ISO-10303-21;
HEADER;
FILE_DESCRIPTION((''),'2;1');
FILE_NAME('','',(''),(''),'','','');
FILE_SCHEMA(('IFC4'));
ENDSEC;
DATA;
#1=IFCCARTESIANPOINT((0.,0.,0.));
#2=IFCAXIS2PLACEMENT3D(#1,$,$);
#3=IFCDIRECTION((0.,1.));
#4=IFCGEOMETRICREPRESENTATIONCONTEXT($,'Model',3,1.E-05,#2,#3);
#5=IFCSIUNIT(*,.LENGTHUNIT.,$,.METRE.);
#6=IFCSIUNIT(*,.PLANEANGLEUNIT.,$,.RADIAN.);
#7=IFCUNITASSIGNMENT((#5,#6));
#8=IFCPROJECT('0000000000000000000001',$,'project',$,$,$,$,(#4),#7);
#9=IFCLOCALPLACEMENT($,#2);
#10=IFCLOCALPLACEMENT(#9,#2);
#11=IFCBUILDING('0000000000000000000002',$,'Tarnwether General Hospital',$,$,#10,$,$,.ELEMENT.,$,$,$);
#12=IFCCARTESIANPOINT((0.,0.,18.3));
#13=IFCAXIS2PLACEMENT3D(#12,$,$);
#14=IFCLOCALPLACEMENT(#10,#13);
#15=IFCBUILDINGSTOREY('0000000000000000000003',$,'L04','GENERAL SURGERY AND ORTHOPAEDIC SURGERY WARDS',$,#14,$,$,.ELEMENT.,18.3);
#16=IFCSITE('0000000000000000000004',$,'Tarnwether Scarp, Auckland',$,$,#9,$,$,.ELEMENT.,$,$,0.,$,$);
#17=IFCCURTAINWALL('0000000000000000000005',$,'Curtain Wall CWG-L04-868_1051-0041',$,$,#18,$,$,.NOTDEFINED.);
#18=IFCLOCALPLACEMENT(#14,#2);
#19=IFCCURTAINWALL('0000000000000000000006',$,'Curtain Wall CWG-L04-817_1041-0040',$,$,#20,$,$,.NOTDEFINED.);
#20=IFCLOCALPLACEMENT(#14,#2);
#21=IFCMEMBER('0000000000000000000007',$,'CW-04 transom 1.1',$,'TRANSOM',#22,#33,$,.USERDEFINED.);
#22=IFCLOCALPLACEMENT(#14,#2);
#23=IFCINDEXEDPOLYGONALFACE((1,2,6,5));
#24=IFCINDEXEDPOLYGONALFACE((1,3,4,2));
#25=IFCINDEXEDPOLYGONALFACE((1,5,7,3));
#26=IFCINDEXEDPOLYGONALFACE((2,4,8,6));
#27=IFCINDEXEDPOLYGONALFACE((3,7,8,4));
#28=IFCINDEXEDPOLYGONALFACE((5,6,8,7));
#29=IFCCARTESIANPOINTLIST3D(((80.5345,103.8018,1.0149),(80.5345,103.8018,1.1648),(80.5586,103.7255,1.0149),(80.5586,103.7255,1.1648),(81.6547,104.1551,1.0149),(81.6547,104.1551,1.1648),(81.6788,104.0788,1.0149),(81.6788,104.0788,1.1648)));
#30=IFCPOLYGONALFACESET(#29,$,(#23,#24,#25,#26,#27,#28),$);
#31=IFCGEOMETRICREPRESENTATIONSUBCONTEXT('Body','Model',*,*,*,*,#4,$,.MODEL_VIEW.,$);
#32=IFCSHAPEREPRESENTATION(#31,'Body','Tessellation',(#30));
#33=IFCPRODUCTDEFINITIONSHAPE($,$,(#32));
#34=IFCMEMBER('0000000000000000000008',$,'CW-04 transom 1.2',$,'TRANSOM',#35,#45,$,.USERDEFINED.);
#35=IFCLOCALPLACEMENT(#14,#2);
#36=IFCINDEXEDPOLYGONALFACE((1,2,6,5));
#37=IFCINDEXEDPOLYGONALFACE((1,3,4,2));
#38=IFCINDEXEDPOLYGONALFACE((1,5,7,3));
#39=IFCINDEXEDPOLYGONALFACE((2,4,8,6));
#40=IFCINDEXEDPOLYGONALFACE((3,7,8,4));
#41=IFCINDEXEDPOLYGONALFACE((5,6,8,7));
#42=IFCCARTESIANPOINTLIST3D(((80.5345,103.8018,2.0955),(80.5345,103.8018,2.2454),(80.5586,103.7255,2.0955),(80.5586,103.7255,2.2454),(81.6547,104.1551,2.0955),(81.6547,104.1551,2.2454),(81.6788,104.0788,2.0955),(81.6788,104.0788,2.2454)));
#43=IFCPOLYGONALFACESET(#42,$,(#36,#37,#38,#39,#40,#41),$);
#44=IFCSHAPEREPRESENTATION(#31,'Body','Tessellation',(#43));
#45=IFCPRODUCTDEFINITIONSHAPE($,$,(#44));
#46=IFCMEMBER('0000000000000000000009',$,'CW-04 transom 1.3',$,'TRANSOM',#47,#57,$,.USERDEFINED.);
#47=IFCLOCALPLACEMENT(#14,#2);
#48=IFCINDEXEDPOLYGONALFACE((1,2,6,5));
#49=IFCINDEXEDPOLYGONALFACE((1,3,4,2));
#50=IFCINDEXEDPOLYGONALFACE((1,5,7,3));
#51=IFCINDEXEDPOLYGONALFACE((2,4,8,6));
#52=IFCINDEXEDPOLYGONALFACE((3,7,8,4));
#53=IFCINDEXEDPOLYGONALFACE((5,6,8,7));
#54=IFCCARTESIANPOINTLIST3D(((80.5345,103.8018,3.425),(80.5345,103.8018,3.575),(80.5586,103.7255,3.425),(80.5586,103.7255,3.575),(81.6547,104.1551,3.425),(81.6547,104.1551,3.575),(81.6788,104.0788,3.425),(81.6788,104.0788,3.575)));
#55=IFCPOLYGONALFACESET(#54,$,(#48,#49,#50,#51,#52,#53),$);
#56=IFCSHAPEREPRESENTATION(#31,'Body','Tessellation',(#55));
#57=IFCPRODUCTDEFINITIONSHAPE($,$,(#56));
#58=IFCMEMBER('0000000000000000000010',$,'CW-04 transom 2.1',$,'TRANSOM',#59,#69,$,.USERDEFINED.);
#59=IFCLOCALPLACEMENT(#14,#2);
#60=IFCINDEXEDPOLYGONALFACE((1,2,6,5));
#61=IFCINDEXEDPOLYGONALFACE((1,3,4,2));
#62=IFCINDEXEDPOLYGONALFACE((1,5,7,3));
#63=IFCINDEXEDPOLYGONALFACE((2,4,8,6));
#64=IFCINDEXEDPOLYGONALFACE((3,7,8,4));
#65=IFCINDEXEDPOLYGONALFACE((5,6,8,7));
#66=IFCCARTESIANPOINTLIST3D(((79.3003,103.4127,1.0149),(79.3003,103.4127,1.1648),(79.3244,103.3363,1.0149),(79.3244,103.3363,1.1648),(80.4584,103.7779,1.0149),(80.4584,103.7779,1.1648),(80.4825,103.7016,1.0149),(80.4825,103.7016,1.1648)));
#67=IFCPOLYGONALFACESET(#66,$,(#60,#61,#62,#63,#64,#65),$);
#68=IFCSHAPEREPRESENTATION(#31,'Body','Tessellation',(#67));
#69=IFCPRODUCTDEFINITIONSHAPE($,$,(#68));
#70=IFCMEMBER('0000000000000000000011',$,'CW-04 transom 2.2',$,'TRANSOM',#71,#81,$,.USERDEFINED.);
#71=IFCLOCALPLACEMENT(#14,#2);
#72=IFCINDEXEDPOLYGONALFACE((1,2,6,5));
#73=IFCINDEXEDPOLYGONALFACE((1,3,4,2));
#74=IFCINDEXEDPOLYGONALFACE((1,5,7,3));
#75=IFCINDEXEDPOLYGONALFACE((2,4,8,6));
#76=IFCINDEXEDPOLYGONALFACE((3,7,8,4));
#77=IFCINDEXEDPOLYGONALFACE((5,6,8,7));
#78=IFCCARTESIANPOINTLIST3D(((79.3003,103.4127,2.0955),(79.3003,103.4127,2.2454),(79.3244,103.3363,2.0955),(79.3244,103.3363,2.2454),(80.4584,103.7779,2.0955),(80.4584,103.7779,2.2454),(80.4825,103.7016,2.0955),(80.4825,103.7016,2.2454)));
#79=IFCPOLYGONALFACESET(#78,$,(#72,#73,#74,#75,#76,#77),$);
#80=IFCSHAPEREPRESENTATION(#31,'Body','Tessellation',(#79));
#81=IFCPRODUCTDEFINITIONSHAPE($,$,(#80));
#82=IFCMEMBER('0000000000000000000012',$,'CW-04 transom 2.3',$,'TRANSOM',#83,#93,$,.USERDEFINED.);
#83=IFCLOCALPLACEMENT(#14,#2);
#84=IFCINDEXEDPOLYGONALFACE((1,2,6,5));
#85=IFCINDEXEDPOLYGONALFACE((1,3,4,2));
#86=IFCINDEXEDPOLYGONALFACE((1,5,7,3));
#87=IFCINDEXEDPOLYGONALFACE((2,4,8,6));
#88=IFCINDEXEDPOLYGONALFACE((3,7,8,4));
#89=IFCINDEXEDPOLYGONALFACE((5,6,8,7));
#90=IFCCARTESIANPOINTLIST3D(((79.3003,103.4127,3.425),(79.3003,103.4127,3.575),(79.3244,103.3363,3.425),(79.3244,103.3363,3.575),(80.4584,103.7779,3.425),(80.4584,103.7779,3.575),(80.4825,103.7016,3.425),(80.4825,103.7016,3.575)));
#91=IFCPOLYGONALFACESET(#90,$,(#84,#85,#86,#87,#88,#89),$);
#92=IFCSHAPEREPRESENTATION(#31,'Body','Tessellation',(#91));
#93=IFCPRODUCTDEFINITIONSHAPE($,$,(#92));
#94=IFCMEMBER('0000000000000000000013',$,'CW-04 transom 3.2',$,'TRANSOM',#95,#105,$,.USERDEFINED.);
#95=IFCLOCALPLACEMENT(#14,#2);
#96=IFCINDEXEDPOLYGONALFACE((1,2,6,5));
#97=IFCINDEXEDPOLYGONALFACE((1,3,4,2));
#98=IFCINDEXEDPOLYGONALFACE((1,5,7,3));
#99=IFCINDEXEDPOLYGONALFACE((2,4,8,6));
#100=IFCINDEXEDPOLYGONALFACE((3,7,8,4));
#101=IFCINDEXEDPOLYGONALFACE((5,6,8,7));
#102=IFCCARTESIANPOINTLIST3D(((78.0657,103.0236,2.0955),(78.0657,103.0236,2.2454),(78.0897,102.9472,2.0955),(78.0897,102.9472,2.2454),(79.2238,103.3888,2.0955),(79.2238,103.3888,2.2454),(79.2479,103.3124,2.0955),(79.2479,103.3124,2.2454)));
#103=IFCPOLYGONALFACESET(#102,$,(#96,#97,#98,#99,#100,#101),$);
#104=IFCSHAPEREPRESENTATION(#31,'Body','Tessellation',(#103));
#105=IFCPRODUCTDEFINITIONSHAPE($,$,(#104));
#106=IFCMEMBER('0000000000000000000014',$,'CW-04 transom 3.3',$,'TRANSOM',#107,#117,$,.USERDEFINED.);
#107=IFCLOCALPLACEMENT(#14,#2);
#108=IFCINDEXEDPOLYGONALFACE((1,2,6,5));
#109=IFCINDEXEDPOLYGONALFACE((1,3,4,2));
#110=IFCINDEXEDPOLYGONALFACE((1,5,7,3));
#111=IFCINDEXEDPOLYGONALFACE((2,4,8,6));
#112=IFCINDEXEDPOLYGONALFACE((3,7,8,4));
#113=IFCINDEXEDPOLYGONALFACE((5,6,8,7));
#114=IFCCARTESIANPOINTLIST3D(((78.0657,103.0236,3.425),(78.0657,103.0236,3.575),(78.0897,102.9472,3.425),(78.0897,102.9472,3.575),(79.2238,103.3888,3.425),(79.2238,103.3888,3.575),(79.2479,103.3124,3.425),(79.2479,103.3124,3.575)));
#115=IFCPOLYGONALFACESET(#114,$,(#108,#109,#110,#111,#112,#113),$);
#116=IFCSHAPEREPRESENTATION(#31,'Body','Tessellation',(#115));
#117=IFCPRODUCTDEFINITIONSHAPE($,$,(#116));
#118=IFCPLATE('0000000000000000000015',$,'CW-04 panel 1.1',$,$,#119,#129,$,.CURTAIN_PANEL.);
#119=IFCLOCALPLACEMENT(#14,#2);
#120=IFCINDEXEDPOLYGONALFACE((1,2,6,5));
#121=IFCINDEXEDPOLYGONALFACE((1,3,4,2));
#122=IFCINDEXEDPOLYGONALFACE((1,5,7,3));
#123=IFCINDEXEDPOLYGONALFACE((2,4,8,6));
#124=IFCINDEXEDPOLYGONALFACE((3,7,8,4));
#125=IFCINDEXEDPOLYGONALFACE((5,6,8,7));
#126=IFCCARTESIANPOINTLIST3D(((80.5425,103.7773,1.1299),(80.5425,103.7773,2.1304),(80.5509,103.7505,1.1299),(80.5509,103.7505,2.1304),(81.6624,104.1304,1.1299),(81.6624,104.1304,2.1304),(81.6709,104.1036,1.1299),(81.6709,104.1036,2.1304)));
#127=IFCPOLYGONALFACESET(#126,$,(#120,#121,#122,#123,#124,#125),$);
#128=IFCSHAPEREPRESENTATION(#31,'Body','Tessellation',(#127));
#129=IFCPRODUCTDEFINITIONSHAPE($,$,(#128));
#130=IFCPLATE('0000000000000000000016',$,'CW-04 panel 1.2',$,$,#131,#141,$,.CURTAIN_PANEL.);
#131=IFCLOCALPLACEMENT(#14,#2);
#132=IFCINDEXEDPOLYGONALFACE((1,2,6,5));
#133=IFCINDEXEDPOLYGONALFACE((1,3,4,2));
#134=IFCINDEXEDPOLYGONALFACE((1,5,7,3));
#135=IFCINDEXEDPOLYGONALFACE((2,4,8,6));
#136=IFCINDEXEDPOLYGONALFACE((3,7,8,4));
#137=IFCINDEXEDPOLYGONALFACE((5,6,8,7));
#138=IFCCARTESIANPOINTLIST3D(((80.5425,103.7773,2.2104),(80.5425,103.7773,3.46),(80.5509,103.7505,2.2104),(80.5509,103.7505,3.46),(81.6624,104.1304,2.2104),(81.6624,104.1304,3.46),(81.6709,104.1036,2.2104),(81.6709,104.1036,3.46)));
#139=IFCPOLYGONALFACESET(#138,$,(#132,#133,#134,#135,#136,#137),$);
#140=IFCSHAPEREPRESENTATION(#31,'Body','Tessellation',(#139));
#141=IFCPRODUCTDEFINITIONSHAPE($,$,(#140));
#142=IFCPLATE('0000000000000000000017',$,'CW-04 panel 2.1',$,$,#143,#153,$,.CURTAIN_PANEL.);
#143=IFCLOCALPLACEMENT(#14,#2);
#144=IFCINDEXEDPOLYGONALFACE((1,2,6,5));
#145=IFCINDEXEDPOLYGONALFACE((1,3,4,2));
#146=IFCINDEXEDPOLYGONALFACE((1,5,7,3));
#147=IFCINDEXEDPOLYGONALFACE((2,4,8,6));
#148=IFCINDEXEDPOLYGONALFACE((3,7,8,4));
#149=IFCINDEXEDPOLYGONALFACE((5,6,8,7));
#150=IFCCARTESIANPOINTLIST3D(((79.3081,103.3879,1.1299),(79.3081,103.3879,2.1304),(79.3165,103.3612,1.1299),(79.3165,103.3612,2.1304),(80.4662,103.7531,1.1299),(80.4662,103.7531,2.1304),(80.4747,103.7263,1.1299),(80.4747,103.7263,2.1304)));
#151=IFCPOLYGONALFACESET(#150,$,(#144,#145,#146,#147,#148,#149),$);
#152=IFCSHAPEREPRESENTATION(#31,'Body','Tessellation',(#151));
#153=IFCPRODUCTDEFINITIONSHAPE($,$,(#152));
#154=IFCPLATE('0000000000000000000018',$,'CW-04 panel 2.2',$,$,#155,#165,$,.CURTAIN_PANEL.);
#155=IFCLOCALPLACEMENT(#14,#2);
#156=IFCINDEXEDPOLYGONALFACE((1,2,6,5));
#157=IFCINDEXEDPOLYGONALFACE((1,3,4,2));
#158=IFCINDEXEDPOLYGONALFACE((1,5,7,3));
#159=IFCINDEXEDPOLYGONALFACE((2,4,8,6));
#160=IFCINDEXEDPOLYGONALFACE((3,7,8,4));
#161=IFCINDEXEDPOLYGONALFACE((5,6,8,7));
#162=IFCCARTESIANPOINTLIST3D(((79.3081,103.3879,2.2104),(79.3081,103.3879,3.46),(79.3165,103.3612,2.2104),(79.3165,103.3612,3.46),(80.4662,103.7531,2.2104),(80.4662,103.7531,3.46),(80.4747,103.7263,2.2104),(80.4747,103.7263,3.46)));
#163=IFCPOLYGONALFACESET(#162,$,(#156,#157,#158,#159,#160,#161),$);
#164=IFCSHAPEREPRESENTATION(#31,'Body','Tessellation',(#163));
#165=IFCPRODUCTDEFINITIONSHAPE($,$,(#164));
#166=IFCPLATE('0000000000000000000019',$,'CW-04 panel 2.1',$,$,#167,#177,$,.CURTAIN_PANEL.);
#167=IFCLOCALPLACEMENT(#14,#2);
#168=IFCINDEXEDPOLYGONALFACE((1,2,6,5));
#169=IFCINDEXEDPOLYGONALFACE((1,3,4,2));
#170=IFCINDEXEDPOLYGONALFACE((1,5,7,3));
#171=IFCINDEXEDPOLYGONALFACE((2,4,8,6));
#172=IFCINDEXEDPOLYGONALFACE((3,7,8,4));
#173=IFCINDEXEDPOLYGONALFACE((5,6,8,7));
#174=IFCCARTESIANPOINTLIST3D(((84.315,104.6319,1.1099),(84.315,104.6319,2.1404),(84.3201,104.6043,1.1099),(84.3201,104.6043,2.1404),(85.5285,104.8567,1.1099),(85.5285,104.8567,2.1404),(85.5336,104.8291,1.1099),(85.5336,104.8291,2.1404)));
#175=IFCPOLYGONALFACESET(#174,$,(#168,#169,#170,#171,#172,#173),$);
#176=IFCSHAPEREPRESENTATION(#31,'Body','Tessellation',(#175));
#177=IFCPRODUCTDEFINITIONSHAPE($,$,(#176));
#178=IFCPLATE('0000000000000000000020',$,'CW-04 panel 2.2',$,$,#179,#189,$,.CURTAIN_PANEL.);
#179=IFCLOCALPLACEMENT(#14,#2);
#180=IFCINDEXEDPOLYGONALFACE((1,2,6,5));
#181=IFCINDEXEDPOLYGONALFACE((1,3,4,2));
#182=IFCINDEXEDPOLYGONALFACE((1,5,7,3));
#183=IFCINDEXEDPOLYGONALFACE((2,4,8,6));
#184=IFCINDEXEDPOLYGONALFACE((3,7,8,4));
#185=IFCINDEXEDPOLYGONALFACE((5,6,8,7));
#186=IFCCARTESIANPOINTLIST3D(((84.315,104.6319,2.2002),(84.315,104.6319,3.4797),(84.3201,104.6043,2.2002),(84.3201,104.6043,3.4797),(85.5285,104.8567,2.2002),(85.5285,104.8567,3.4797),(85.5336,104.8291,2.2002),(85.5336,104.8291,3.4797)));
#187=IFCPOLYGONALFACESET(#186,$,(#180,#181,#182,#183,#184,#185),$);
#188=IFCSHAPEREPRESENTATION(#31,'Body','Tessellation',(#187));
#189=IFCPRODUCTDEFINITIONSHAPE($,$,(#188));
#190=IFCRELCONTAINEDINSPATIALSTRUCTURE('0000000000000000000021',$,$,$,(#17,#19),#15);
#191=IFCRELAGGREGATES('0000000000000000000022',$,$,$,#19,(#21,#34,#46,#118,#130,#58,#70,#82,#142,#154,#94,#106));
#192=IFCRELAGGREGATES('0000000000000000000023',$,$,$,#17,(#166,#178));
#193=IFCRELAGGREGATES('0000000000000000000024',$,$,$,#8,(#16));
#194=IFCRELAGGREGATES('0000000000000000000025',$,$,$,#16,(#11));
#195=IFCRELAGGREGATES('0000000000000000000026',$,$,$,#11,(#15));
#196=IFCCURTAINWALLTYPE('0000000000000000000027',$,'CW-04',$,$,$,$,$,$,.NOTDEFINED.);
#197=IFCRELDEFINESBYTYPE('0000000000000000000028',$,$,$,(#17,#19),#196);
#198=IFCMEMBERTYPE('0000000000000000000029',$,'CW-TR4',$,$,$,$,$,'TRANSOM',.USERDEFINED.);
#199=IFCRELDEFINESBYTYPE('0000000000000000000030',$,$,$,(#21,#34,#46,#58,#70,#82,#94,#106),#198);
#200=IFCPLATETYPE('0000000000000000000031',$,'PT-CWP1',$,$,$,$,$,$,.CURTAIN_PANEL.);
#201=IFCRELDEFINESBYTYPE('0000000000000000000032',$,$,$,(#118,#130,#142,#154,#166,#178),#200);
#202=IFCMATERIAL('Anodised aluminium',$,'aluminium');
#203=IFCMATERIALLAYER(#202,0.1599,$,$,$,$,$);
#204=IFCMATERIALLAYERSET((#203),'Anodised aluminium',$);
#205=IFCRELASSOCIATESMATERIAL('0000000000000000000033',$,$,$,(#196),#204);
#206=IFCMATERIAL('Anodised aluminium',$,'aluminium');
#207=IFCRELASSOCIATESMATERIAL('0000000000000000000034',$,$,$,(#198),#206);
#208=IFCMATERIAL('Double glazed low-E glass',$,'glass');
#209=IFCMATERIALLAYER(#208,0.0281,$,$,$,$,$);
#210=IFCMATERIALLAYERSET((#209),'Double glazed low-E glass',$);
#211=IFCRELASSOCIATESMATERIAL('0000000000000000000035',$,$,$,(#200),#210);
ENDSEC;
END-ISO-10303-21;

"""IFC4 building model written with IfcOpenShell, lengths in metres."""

from ifc_helpers import new_model, si_unit, direction, frame, origin, origin_2d, place, context, subcontext, project, spatial, rectangle, extrude, material, layer, layer_set, material_profile, profile_set, type_object, element, aggregate, save


model = new_model("IFC4")

# Units and contexts
model_context = context("Model", 3, precision=1e-05, world=origin(), true_north=direction((0.0, 1.0)))
body_context = subcontext(model_context, "Body", "Model", "MODEL_VIEW")
ifc_project = project(units=[si_unit("LENGTHUNIT", "METRE"), si_unit("PLANEANGLEUNIT", "RADIAN")], contexts=[model_context])

# Site, building, storey
site_placement = place(None, origin())
site = spatial("IfcSite", under=ifc_project, at=site_placement, Name="Tarnwether Scarp, Auckland", CompositionType="ELEMENT", RefElevation=0.0)
building_placement = place(site_placement, origin())
building = spatial("IfcBuilding", under=site, at=building_placement, Name="Tarnwether General Hospital", CompositionType="ELEMENT")
storey_placement = place(building_placement, frame((0.0, 0.0, 18.3)))
storey = spatial("IfcBuildingStorey", under=building, at=storey_placement, Name="L04", Description="GENERAL SURGERY AND ORTHOPAEDIC SURGERY WARDS", CompositionType="ELEMENT", Elevation=18.3)

# Curtain walls
ifc_material_1 = material(Name="Anodised aluminium", Category="aluminium")
ifc_layer_1 = layer(ifc_material_1, 0.1599)
ifc_layer_set_1 = layer_set([ifc_layer_1], Name="Anodised aluminium")
curtain_wall_type = type_object("IfcCurtainWallType", Name="CW-04", PredefinedType="NOTDEFINED", material=ifc_layer_set_1)
curtain_wall_1_placement = place(storey_placement, origin())
curtain_wall_1 = element("IfcCurtainWall", 1, at=curtain_wall_1_placement, inside=storey, type_object=curtain_wall_type, Name="Curtain Wall CWG-L04-868_1051-0041", PredefinedType="NOTDEFINED")
curtain_wall_2_placement = place(storey_placement, origin())
curtain_wall_2 = element("IfcCurtainWall", 2, at=curtain_wall_2_placement, inside=storey, type_object=curtain_wall_type, Name="Curtain Wall CWG-L04-817_1041-0040", PredefinedType="NOTDEFINED")

# Members
ifc_material_2 = material(Name="Anodised aluminium", Category="aluminium")
ifc_material_profile_1 = material_profile(ifc_material_2, rectangle(XDim=0.0801, YDim=0.1499, at=origin_2d()), Name="ALU-TRN-80x150")
ifc_profile_set_1 = profile_set([ifc_material_profile_1], Name="Anodised aluminium")
member_type_1 = type_object("IfcMemberType", Name="CW-TR4", ElementType="TRANSOM", PredefinedType="USERDEFINED", material=ifc_profile_set_1)
member_1_placement = place(storey_placement, frame((81.6667, 104.1169, 1.0898), z_axis=(-0.953693, -0.300783, 0.0), x_axis=(0.300783, -0.953693, 0.0)))
member_1 = element("IfcMember", 3, at=member_1_placement, type_object=member_type_1, Name="CW-04 transom 1.1", ObjectType="TRANSOM", PredefinedType="USERDEFINED", context=body_context, shape_type="SweptSolid", body=[
    extrude(rectangle(XDim=0.0801, YDim=0.1499, at=origin_2d()), origin(), (0.0, 0.0, 1.0), 1.1746),
])
member_2_placement = place(storey_placement, frame((81.6667, 104.1169, 2.1704), z_axis=(-0.953693, -0.300783, 0.0), x_axis=(0.300783, -0.953693, 0.0)))
member_2 = element("IfcMember", 4, at=member_2_placement, type_object=member_type_1, Name="CW-04 transom 1.2", ObjectType="TRANSOM", PredefinedType="USERDEFINED", context=body_context, shape_type="SweptSolid", body=[
    extrude(rectangle(XDim=0.0801, YDim=0.1499, at=origin_2d()), origin(), (0.0, 0.0, 1.0), 1.1746),
])
member_3_placement = place(storey_placement, frame((81.6667, 104.1169, 3.5), z_axis=(-0.953693, -0.300783, 0.0), x_axis=(0.300783, -0.953693, 0.0)))
member_3 = element("IfcMember", 5, at=member_3_placement, type_object=member_type_1, Name="CW-04 transom 1.3", ObjectType="TRANSOM", PredefinedType="USERDEFINED", context=body_context, shape_type="SweptSolid", body=[
    extrude(rectangle(XDim=0.0801, YDim=0.1499, at=origin_2d()), origin(), (0.0, 0.0, 1.0), 1.1746),
])
member_4_placement = place(storey_placement, frame((80.4705, 103.7397, 1.0898), z_axis=(-0.953704, -0.300746, 0.0), x_axis=(0.300746, -0.953704, 0.0)))
member_4 = element("IfcMember", 6, at=member_4_placement, type_object=member_type_1, Name="CW-04 transom 2.1", ObjectType="TRANSOM", PredefinedType="USERDEFINED", context=body_context, shape_type="SweptSolid", body=[
    extrude(rectangle(XDim=0.0801, YDim=0.1499, at=origin_2d()), origin(), (0.0, 0.0, 1.0), 1.2144),
])
member_5_placement = place(storey_placement, frame((80.4705, 103.7397, 2.1704), z_axis=(-0.953704, -0.300746, 0.0), x_axis=(0.300746, -0.953704, 0.0)))
member_5 = element("IfcMember", 7, at=member_5_placement, type_object=member_type_1, Name="CW-04 transom 2.2", ObjectType="TRANSOM", PredefinedType="USERDEFINED", context=body_context, shape_type="SweptSolid", body=[
    extrude(rectangle(XDim=0.0801, YDim=0.1499, at=origin_2d()), origin(), (0.0, 0.0, 1.0), 1.2144),
])
member_6_placement = place(storey_placement, frame((80.4705, 103.7397, 3.5), z_axis=(-0.953704, -0.300746, 0.0), x_axis=(0.300746, -0.953704, 0.0)))
member_6 = element("IfcMember", 8, at=member_6_placement, type_object=member_type_1, Name="CW-04 transom 2.3", ObjectType="TRANSOM", PredefinedType="USERDEFINED", context=body_context, shape_type="SweptSolid", body=[
    extrude(rectangle(XDim=0.0801, YDim=0.1499, at=origin_2d()), origin(), (0.0, 0.0, 1.0), 1.2144),
])
member_7_placement = place(storey_placement, frame((79.2358, 103.3506, 2.1704), z_axis=(-0.953704, -0.300746, 0.0), x_axis=(0.300746, -0.953704, 0.0)))
member_7 = element("IfcMember", 9, at=member_7_placement, type_object=member_type_1, Name="CW-04 transom 3.2", ObjectType="TRANSOM", PredefinedType="USERDEFINED", context=body_context, shape_type="SweptSolid", body=[
    extrude(rectangle(XDim=0.0801, YDim=0.1499, at=origin_2d()), origin(), (0.0, 0.0, 1.0), 1.2144),
])
member_8_placement = place(storey_placement, frame((79.2358, 103.3506, 3.5), z_axis=(-0.953704, -0.300746, 0.0), x_axis=(0.300746, -0.953704, 0.0)))
member_8 = element("IfcMember", 10, at=member_8_placement, type_object=member_type_1, Name="CW-04 transom 3.3", ObjectType="TRANSOM", PredefinedType="USERDEFINED", context=body_context, shape_type="SweptSolid", body=[
    extrude(rectangle(XDim=0.0801, YDim=0.1499, at=origin_2d()), origin(), (0.0, 0.0, 1.0), 1.2144),
])

# Plates
ifc_material_3 = material(Name="Double glazed low-E glass", Category="glass")
ifc_layer_2 = layer(ifc_material_3, 0.0281)
ifc_layer_set_2 = layer_set([ifc_layer_2], Name="Double glazed low-E glass")
plate_type = type_object("IfcPlateType", Name="PT-CWP1", PredefinedType="CURTAIN_PANEL", material=ifc_layer_set_2)
plate_1_placement = place(storey_placement, frame((81.1067, 103.9404, 1.1299), z_axis=(0.0, 0.0, 1.0), x_axis=(-0.953714, -0.300715, 0.0)))
plate_1 = element("IfcPlate", 11, at=plate_1_placement, type_object=plate_type, Name="CW-04 panel 1.1", PredefinedType="CURTAIN_PANEL", context=body_context, shape_type="SweptSolid", body=[
    extrude(rectangle(XDim=1.1743, YDim=0.0281, at=origin_2d()), origin(), (0.0, 0.0, 1.0), 1.0005),
])
plate_2_placement = place(storey_placement, frame((81.1067, 103.9404, 2.2104), z_axis=(0.0, 0.0, 1.0), x_axis=(-0.953714, -0.300715, 0.0)))
plate_2 = element("IfcPlate", 12, at=plate_2_placement, type_object=plate_type, Name="CW-04 panel 1.2", PredefinedType="CURTAIN_PANEL", context=body_context, shape_type="SweptSolid", body=[
    extrude(rectangle(XDim=1.1743, YDim=0.0281, at=origin_2d()), origin(), (0.0, 0.0, 1.0), 1.2495),
])
plate_3_placement = place(storey_placement, frame((79.8914, 103.5571, 1.1299), z_axis=(0.0, 0.0, 1.0), x_axis=(-0.953714, -0.300715, 0.0)))
plate_3 = element("IfcPlate", 13, at=plate_3_placement, type_object=plate_type, Name="CW-04 panel 2.1", PredefinedType="CURTAIN_PANEL", context=body_context, shape_type="SweptSolid", body=[
    extrude(rectangle(XDim=1.2144, YDim=0.0281, at=origin_2d()), origin(), (0.0, 0.0, 1.0), 1.0005),
])
plate_4_placement = place(storey_placement, frame((79.8914, 103.5571, 2.2104), z_axis=(0.0, 0.0, 1.0), x_axis=(-0.953714, -0.300715, 0.0)))
plate_4 = element("IfcPlate", 14, at=plate_4_placement, type_object=plate_type, Name="CW-04 panel 2.2", PredefinedType="CURTAIN_PANEL", context=body_context, shape_type="SweptSolid", body=[
    extrude(rectangle(XDim=1.2144, YDim=0.0281, at=origin_2d()), origin(), (0.0, 0.0, 1.0), 1.2495),
])
aggregate(curtain_wall_2, [member_1, member_2, member_3, plate_1, plate_2, member_4, member_5, member_6, plate_3, plate_4, member_7, member_8])
plate_5_placement = place(storey_placement, frame((84.9243, 104.7305, 1.1099), z_axis=(0.0, 0.0, 1.0), x_axis=(-0.983268, -0.182165, 0.0)))
plate_5 = element("IfcPlate", 15, at=plate_5_placement, type_object=plate_type, Name="CW-04 panel 2.1", PredefinedType="CURTAIN_PANEL", context=body_context, shape_type="SweptSolid", body=[
    extrude(rectangle(XDim=1.2341, YDim=0.0281, at=origin_2d()), origin(), (0.0, 0.0, 1.0), 1.0305),
])
plate_6_placement = place(storey_placement, frame((84.9243, 104.7305, 2.2002), z_axis=(0.0, 0.0, 1.0), x_axis=(-0.983268, -0.182165, 0.0)))
plate_6 = element("IfcPlate", 16, at=plate_6_placement, type_object=plate_type, Name="CW-04 panel 2.2", PredefinedType="CURTAIN_PANEL", context=body_context, shape_type="SweptSolid", body=[
    extrude(rectangle(XDim=1.2341, YDim=0.0281, at=origin_2d()), origin(), (0.0, 0.0, 1.0), 1.2795),
])
aggregate(curtain_wall_1, [plate_5, plate_6])

save(model, "model.ifc")
